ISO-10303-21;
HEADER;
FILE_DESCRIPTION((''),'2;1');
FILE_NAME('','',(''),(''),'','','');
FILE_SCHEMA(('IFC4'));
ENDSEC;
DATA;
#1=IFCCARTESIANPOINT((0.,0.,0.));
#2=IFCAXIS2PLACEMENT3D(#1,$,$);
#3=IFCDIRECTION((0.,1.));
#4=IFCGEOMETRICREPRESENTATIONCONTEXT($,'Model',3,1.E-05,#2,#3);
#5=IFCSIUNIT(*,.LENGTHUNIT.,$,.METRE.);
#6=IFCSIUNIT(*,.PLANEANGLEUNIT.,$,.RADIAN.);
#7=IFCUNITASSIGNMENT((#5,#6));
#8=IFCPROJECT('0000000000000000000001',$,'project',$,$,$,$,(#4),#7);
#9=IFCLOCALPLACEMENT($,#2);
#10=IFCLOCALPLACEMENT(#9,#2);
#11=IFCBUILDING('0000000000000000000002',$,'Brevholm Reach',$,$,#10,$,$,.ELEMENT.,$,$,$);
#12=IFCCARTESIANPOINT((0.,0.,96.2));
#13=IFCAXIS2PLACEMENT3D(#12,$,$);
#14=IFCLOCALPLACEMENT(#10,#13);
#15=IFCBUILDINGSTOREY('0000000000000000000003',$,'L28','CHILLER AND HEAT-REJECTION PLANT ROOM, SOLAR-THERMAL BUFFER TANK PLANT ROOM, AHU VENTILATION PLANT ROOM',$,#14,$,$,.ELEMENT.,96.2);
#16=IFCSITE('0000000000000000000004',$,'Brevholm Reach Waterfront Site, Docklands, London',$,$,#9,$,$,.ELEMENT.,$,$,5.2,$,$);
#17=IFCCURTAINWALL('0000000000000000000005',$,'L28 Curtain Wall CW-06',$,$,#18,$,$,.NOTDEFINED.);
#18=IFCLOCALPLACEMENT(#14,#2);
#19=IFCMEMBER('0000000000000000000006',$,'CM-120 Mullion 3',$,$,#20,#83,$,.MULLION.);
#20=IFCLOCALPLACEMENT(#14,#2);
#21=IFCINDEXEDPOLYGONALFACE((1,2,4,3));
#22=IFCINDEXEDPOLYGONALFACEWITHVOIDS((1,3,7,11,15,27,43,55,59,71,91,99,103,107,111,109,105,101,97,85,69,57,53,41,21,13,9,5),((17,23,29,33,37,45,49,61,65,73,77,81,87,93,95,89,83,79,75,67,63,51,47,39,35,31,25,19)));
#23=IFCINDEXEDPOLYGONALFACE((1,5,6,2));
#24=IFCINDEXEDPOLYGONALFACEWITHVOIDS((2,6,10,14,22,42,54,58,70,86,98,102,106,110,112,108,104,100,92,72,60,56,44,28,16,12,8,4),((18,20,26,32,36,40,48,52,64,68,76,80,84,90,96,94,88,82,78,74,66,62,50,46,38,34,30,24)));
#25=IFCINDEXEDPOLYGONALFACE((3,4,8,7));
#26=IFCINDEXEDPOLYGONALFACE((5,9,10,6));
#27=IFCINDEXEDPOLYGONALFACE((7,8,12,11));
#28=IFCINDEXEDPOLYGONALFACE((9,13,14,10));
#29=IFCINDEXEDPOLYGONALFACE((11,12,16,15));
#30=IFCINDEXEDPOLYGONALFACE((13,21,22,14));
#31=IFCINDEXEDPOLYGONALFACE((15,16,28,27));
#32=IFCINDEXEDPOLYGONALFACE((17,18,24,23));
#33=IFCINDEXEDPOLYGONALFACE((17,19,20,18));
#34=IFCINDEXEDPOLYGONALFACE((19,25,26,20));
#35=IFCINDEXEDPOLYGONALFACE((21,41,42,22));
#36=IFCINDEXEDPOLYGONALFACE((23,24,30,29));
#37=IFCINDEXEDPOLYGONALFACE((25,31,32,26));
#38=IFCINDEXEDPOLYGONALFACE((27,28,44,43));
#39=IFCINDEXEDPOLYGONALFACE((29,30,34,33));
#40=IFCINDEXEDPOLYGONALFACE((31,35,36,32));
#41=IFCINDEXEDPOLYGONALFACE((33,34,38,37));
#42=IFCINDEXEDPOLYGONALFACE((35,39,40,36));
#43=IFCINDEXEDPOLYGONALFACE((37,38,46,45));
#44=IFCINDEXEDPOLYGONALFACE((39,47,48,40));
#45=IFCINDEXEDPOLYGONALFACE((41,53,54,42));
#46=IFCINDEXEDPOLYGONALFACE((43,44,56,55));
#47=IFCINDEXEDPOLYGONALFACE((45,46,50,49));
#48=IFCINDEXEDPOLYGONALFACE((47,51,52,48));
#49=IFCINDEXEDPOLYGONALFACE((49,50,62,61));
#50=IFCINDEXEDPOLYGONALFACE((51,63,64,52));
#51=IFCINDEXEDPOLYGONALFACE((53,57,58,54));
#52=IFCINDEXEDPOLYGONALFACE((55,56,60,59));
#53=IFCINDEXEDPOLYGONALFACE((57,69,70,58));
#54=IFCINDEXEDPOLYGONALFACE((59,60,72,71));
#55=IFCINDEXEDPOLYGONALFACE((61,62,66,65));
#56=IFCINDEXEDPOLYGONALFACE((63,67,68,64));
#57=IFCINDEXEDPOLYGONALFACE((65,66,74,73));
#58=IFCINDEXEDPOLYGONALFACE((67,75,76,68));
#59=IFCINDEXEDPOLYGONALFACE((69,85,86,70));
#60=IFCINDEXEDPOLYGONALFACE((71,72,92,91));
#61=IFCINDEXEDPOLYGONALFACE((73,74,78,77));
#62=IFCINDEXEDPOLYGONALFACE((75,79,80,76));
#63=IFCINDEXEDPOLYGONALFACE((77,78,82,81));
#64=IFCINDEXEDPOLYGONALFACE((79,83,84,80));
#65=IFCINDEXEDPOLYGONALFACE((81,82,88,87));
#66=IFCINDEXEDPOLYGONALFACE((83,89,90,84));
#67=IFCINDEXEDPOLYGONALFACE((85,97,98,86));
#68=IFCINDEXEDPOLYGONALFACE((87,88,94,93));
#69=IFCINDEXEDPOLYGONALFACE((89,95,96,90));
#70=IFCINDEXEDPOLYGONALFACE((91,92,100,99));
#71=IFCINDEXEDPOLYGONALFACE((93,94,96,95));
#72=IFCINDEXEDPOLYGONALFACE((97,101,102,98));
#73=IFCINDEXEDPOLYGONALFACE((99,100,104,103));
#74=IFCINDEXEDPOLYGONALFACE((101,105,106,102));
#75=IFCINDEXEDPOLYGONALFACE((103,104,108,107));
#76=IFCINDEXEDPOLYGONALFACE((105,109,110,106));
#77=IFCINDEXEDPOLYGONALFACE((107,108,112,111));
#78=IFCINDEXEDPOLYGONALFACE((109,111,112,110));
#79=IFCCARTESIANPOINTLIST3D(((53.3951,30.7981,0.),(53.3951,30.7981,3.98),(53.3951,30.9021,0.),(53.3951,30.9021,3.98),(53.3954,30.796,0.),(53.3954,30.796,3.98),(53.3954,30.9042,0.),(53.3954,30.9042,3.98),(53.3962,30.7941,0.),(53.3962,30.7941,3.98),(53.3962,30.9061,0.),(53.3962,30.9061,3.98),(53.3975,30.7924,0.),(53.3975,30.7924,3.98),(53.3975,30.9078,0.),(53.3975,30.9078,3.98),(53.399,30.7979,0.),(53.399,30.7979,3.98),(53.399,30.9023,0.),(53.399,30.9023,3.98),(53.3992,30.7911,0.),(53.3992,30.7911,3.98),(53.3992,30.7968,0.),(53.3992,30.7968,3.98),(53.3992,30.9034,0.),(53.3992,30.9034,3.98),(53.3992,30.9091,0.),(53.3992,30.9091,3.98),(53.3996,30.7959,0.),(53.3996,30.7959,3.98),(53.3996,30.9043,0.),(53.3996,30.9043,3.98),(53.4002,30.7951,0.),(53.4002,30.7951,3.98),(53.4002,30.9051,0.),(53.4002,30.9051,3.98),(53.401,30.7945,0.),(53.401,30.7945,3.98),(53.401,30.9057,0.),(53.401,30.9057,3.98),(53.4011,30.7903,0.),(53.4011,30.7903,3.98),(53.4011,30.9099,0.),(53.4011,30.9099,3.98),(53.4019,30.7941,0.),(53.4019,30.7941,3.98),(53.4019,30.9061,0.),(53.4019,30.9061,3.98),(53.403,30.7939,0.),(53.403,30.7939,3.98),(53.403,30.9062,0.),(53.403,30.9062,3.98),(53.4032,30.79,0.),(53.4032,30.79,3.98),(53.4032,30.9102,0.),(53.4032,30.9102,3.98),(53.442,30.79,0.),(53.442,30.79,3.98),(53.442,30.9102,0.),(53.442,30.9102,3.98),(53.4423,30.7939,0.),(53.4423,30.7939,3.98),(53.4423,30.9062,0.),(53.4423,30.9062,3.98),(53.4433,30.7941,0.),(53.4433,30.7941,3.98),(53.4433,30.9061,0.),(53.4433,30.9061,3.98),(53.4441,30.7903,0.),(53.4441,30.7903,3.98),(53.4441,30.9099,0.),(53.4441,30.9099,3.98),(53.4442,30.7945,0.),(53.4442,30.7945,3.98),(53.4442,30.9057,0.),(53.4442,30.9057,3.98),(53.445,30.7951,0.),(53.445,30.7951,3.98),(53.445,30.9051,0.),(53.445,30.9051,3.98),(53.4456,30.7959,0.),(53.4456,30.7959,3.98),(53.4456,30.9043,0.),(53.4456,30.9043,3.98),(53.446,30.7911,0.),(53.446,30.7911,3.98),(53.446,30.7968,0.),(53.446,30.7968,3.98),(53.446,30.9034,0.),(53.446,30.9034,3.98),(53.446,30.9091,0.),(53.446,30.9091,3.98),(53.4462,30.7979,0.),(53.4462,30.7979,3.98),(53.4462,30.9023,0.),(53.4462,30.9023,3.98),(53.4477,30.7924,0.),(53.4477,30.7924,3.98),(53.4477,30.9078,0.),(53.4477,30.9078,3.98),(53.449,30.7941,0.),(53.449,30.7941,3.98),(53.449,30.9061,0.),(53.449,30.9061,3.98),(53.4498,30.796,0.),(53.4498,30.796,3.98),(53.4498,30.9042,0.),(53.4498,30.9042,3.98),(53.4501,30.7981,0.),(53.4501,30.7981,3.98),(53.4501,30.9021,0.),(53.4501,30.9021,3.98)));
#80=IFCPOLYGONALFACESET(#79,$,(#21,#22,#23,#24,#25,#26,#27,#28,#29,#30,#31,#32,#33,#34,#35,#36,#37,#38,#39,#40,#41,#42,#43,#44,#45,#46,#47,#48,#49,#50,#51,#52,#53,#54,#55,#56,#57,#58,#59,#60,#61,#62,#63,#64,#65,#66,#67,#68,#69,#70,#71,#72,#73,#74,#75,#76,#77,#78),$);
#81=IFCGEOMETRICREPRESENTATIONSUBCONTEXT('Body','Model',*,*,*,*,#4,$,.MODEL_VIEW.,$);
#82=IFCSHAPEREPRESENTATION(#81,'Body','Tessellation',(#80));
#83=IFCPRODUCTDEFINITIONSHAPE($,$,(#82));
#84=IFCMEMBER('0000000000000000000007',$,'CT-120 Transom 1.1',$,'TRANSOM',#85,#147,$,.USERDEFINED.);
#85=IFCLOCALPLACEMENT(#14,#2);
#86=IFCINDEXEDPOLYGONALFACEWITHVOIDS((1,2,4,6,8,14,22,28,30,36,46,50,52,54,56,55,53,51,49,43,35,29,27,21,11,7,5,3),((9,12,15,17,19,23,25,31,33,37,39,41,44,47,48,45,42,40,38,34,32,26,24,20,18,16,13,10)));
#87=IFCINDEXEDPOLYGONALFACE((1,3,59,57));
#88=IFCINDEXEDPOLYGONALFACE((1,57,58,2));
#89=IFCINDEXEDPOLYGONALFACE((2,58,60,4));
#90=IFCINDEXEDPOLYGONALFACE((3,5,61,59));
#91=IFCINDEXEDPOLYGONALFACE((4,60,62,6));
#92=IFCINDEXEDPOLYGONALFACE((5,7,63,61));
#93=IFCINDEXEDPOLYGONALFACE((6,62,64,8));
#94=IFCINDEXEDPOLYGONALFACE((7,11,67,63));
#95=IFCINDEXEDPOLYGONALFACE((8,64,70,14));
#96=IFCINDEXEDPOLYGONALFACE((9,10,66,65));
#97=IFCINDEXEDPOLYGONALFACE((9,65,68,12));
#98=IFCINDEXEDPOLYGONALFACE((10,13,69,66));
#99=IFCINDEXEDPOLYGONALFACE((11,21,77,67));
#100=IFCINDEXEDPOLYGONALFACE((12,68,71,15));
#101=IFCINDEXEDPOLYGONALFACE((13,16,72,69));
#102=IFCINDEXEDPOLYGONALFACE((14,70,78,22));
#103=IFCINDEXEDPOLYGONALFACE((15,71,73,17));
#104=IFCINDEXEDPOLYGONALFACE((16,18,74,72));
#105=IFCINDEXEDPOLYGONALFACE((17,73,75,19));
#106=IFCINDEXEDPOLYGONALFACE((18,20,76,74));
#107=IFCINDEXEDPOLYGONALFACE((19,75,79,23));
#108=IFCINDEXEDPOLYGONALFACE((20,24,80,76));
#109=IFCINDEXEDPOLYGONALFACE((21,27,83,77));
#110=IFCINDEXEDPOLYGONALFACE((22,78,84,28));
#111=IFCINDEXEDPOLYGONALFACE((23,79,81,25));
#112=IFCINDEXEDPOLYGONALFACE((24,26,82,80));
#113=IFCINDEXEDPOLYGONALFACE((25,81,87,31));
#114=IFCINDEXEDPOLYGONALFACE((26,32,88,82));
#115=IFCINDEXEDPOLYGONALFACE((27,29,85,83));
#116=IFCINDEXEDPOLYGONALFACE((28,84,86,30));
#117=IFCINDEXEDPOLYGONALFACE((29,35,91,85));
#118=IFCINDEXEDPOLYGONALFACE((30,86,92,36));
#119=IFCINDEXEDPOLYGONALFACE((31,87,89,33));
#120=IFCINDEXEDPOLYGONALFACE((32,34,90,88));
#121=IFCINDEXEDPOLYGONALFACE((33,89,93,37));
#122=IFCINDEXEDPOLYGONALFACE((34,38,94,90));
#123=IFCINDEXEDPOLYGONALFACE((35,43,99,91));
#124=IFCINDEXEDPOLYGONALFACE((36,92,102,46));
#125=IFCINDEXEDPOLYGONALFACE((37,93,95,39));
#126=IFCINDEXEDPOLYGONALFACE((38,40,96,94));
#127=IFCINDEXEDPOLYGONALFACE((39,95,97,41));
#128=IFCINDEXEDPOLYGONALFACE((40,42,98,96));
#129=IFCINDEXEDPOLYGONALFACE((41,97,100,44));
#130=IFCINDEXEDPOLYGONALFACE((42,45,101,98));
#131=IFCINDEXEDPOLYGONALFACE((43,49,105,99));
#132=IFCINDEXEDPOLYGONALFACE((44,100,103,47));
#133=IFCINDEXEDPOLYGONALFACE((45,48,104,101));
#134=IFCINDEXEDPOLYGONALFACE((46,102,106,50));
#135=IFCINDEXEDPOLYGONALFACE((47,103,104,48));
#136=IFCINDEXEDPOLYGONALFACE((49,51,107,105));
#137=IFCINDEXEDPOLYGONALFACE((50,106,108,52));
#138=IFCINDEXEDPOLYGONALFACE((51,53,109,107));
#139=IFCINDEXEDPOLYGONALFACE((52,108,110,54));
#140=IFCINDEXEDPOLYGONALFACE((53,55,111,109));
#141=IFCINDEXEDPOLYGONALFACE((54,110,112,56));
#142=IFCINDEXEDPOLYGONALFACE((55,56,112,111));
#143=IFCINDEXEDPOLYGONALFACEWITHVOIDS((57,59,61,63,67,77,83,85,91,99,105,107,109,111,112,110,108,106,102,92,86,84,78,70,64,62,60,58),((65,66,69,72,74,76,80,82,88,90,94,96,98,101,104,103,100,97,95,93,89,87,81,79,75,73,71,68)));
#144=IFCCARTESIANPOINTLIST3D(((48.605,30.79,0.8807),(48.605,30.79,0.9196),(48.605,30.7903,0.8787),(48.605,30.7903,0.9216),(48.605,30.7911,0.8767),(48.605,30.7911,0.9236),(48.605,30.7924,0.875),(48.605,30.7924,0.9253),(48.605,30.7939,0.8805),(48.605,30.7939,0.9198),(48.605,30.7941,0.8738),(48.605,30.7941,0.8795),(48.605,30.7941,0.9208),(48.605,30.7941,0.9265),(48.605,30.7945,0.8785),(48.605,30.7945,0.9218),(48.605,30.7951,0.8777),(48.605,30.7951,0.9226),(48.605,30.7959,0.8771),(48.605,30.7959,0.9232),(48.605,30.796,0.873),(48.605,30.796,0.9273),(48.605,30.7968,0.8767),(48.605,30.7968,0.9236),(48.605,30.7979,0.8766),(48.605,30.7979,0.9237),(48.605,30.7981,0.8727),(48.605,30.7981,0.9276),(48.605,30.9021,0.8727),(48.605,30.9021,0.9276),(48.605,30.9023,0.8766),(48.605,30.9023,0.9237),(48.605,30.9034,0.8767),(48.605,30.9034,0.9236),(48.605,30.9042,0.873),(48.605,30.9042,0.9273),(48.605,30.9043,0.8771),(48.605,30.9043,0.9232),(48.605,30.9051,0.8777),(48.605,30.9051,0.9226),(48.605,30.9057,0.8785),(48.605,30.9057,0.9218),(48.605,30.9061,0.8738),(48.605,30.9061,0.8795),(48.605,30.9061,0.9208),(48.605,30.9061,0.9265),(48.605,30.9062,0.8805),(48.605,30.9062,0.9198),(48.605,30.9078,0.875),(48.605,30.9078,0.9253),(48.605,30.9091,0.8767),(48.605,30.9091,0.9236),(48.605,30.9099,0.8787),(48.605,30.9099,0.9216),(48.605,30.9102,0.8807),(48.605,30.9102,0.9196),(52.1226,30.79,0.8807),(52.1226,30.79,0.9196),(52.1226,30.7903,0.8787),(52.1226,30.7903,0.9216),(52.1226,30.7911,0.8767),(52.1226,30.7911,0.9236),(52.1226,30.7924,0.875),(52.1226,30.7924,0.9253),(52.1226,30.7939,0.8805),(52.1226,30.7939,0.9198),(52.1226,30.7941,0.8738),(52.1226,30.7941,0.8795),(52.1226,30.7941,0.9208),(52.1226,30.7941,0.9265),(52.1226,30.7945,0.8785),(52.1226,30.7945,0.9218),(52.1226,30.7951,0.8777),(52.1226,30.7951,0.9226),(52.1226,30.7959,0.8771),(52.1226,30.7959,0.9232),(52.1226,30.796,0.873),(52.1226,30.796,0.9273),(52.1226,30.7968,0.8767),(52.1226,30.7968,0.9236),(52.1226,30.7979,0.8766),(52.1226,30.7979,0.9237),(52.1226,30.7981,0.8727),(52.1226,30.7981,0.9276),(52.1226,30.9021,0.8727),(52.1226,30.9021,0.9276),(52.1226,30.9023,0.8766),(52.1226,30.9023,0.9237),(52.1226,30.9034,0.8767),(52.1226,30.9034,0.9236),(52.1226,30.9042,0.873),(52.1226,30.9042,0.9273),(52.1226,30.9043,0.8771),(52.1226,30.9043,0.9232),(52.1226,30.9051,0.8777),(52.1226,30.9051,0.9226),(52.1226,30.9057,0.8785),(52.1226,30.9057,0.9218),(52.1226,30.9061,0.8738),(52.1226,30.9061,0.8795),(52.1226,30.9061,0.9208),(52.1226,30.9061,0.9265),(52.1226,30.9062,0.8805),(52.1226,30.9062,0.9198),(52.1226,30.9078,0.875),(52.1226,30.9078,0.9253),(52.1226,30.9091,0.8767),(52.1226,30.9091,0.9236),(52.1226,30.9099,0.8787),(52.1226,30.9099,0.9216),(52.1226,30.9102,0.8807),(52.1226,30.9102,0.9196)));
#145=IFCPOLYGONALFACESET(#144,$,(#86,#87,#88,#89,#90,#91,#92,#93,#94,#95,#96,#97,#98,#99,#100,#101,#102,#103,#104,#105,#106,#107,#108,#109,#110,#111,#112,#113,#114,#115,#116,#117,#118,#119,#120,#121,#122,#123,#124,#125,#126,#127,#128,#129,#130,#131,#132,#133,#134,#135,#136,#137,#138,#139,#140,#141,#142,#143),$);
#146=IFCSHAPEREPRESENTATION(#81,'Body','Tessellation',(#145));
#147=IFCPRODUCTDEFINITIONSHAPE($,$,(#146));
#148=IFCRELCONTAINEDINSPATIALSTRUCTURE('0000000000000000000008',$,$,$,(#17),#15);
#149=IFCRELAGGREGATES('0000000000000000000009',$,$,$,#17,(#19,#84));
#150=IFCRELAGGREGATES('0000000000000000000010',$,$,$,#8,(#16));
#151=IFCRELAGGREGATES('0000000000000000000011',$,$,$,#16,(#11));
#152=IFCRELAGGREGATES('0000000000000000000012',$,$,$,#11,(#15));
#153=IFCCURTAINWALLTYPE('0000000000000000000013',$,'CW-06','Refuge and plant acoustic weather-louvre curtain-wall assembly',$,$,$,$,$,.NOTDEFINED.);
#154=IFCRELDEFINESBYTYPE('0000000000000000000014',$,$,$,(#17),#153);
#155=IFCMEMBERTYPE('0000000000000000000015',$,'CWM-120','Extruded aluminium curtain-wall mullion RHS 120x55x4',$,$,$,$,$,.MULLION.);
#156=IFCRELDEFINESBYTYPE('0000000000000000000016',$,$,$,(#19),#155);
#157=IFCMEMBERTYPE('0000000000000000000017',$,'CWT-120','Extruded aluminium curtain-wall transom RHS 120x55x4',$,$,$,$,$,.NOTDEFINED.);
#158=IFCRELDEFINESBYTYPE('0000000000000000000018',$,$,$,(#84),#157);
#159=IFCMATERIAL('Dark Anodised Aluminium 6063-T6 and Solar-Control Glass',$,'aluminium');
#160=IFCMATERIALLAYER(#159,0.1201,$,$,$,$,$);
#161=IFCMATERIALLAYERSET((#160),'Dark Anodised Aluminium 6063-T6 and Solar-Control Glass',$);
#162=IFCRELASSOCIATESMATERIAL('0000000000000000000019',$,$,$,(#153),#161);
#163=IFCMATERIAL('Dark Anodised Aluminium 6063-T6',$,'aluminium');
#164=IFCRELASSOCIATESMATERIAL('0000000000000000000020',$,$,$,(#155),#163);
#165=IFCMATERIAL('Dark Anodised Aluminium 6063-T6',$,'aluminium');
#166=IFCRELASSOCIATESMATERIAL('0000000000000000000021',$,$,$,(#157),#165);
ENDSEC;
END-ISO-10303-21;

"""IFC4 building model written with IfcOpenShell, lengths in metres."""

from ifc_helpers import new_model, si_unit, direction, frame, origin, origin_2d, place, context, subcontext, project, spatial, hollow_rectangle, extrude, material, layer, layer_set, material_profile, profile_set, type_object, element, aggregate, save


model = new_model("IFC4")

# Units and contexts
model_context = context("Model", 3, precision=1e-05, world=origin(), true_north=direction((0.0, 1.0)))
body_context = subcontext(model_context, "Body", "Model", "MODEL_VIEW")
ifc_project = project(units=[si_unit("LENGTHUNIT", "METRE"), si_unit("PLANEANGLEUNIT", "RADIAN")], contexts=[model_context])

# Site, building, storey
site_placement = place(None, origin())
site = spatial("IfcSite", under=ifc_project, at=site_placement, Name="Brevholm Reach Waterfront Site, Docklands, London", CompositionType="ELEMENT", RefElevation=5.2)
building_placement = place(site_placement, origin())
building = spatial("IfcBuilding", under=site, at=building_placement, Name="Brevholm Reach", CompositionType="ELEMENT")
storey_placement = place(building_placement, frame((0.0, 0.0, 96.2)))
storey = spatial("IfcBuildingStorey", under=building, at=storey_placement, Name="L28", Description="CHILLER AND HEAT-REJECTION PLANT ROOM, SOLAR-THERMAL BUFFER TANK PLANT ROOM, AHU VENTILATION PLANT ROOM", CompositionType="ELEMENT", Elevation=96.2)

# Curtain wall, members
ifc_material_1 = material(Name="Dark Anodised Aluminium 6063-T6 and Solar-Control Glass", Category="aluminium")
ifc_layer_1 = layer(ifc_material_1, 0.1201)
ifc_layer_set_1 = layer_set([ifc_layer_1], Name="Dark Anodised Aluminium 6063-T6 and Solar-Control Glass")
curtain_wall_type = type_object("IfcCurtainWallType", Name="CW-06", Description="Refuge and plant acoustic weather-louvre curtain-wall assembly", PredefinedType="NOTDEFINED", material=ifc_layer_set_1)
curtain_wall_placement = place(storey_placement, origin())
curtain_wall = element("IfcCurtainWall", 1, at=curtain_wall_placement, inside=storey, type_object=curtain_wall_type, Name="L28 Curtain Wall CW-06", PredefinedType="NOTDEFINED")
ifc_material_2 = material(Name="Dark Anodised Aluminium 6063-T6", Category="aluminium")
ifc_material_profile_1 = material_profile(ifc_material_2, hollow_rectangle(XDim=0.0549, YDim=0.1201, WallThickness=0.0039, InnerFilletRadius=0.0039, OuterFilletRadius=0.0081, at=origin_2d()), Name="RHS 120x55x4")
ifc_profile_set_1 = profile_set([ifc_material_profile_1], Name="Dark Anodised Aluminium 6063-T6")
member_type_1 = type_object("IfcMemberType", Name="CWM-120", Description="Extruded aluminium curtain-wall mullion RHS 120x55x4", PredefinedType="MULLION", material=ifc_profile_set_1)
member_1_placement = place(storey_placement, frame((53.4226, 30.8501, 0.0), z_axis=(0.0, 0.0, 1.0), x_axis=(1.0, 0.0, 0.0)))
member_1 = element("IfcMember", 2, at=member_1_placement, type_object=member_type_1, Name="CM-120 Mullion 3", PredefinedType="MULLION", context=body_context, shape_type="SweptSolid", body=[
    extrude(hollow_rectangle(XDim=0.0549, YDim=0.1201, WallThickness=0.0039, InnerFilletRadius=0.0039, OuterFilletRadius=0.0081, at=origin_2d()), origin(), (0.0, 0.0, 1.0), 3.98),
])
ifc_material_3 = material(Name="Dark Anodised Aluminium 6063-T6", Category="aluminium")
ifc_material_profile_2 = material_profile(ifc_material_3, hollow_rectangle(XDim=0.0549, YDim=0.1201, WallThickness=0.0039, InnerFilletRadius=0.0039, OuterFilletRadius=0.0081, at=origin_2d()), Name="RHS 120x55x4")
ifc_profile_set_2 = profile_set([ifc_material_profile_2], Name="Dark Anodised Aluminium 6063-T6")
member_type_2 = type_object("IfcMemberType", Name="CWT-120", Description="Extruded aluminium curtain-wall transom RHS 120x55x4", PredefinedType="NOTDEFINED", material=ifc_profile_set_2)
member_2_placement = place(storey_placement, frame((48.605, 30.8501, 0.9001), z_axis=(1.0, 0.0, 0.0), x_axis=(0.0, 0.0, 1.0)))
member_2 = element("IfcMember", 3, at=member_2_placement, type_object=member_type_2, Name="CT-120 Transom 1.1", ObjectType="TRANSOM", PredefinedType="USERDEFINED", context=body_context, shape_type="SweptSolid", body=[
    extrude(hollow_rectangle(XDim=0.0549, YDim=0.1201, WallThickness=0.0039, InnerFilletRadius=0.0039, OuterFilletRadius=0.0081, at=origin_2d()), origin(), (0.0, 0.0, 1.0), 3.5176),
])
aggregate(curtain_wall, [member_1, member_2])

save(model, "model.ifc")
